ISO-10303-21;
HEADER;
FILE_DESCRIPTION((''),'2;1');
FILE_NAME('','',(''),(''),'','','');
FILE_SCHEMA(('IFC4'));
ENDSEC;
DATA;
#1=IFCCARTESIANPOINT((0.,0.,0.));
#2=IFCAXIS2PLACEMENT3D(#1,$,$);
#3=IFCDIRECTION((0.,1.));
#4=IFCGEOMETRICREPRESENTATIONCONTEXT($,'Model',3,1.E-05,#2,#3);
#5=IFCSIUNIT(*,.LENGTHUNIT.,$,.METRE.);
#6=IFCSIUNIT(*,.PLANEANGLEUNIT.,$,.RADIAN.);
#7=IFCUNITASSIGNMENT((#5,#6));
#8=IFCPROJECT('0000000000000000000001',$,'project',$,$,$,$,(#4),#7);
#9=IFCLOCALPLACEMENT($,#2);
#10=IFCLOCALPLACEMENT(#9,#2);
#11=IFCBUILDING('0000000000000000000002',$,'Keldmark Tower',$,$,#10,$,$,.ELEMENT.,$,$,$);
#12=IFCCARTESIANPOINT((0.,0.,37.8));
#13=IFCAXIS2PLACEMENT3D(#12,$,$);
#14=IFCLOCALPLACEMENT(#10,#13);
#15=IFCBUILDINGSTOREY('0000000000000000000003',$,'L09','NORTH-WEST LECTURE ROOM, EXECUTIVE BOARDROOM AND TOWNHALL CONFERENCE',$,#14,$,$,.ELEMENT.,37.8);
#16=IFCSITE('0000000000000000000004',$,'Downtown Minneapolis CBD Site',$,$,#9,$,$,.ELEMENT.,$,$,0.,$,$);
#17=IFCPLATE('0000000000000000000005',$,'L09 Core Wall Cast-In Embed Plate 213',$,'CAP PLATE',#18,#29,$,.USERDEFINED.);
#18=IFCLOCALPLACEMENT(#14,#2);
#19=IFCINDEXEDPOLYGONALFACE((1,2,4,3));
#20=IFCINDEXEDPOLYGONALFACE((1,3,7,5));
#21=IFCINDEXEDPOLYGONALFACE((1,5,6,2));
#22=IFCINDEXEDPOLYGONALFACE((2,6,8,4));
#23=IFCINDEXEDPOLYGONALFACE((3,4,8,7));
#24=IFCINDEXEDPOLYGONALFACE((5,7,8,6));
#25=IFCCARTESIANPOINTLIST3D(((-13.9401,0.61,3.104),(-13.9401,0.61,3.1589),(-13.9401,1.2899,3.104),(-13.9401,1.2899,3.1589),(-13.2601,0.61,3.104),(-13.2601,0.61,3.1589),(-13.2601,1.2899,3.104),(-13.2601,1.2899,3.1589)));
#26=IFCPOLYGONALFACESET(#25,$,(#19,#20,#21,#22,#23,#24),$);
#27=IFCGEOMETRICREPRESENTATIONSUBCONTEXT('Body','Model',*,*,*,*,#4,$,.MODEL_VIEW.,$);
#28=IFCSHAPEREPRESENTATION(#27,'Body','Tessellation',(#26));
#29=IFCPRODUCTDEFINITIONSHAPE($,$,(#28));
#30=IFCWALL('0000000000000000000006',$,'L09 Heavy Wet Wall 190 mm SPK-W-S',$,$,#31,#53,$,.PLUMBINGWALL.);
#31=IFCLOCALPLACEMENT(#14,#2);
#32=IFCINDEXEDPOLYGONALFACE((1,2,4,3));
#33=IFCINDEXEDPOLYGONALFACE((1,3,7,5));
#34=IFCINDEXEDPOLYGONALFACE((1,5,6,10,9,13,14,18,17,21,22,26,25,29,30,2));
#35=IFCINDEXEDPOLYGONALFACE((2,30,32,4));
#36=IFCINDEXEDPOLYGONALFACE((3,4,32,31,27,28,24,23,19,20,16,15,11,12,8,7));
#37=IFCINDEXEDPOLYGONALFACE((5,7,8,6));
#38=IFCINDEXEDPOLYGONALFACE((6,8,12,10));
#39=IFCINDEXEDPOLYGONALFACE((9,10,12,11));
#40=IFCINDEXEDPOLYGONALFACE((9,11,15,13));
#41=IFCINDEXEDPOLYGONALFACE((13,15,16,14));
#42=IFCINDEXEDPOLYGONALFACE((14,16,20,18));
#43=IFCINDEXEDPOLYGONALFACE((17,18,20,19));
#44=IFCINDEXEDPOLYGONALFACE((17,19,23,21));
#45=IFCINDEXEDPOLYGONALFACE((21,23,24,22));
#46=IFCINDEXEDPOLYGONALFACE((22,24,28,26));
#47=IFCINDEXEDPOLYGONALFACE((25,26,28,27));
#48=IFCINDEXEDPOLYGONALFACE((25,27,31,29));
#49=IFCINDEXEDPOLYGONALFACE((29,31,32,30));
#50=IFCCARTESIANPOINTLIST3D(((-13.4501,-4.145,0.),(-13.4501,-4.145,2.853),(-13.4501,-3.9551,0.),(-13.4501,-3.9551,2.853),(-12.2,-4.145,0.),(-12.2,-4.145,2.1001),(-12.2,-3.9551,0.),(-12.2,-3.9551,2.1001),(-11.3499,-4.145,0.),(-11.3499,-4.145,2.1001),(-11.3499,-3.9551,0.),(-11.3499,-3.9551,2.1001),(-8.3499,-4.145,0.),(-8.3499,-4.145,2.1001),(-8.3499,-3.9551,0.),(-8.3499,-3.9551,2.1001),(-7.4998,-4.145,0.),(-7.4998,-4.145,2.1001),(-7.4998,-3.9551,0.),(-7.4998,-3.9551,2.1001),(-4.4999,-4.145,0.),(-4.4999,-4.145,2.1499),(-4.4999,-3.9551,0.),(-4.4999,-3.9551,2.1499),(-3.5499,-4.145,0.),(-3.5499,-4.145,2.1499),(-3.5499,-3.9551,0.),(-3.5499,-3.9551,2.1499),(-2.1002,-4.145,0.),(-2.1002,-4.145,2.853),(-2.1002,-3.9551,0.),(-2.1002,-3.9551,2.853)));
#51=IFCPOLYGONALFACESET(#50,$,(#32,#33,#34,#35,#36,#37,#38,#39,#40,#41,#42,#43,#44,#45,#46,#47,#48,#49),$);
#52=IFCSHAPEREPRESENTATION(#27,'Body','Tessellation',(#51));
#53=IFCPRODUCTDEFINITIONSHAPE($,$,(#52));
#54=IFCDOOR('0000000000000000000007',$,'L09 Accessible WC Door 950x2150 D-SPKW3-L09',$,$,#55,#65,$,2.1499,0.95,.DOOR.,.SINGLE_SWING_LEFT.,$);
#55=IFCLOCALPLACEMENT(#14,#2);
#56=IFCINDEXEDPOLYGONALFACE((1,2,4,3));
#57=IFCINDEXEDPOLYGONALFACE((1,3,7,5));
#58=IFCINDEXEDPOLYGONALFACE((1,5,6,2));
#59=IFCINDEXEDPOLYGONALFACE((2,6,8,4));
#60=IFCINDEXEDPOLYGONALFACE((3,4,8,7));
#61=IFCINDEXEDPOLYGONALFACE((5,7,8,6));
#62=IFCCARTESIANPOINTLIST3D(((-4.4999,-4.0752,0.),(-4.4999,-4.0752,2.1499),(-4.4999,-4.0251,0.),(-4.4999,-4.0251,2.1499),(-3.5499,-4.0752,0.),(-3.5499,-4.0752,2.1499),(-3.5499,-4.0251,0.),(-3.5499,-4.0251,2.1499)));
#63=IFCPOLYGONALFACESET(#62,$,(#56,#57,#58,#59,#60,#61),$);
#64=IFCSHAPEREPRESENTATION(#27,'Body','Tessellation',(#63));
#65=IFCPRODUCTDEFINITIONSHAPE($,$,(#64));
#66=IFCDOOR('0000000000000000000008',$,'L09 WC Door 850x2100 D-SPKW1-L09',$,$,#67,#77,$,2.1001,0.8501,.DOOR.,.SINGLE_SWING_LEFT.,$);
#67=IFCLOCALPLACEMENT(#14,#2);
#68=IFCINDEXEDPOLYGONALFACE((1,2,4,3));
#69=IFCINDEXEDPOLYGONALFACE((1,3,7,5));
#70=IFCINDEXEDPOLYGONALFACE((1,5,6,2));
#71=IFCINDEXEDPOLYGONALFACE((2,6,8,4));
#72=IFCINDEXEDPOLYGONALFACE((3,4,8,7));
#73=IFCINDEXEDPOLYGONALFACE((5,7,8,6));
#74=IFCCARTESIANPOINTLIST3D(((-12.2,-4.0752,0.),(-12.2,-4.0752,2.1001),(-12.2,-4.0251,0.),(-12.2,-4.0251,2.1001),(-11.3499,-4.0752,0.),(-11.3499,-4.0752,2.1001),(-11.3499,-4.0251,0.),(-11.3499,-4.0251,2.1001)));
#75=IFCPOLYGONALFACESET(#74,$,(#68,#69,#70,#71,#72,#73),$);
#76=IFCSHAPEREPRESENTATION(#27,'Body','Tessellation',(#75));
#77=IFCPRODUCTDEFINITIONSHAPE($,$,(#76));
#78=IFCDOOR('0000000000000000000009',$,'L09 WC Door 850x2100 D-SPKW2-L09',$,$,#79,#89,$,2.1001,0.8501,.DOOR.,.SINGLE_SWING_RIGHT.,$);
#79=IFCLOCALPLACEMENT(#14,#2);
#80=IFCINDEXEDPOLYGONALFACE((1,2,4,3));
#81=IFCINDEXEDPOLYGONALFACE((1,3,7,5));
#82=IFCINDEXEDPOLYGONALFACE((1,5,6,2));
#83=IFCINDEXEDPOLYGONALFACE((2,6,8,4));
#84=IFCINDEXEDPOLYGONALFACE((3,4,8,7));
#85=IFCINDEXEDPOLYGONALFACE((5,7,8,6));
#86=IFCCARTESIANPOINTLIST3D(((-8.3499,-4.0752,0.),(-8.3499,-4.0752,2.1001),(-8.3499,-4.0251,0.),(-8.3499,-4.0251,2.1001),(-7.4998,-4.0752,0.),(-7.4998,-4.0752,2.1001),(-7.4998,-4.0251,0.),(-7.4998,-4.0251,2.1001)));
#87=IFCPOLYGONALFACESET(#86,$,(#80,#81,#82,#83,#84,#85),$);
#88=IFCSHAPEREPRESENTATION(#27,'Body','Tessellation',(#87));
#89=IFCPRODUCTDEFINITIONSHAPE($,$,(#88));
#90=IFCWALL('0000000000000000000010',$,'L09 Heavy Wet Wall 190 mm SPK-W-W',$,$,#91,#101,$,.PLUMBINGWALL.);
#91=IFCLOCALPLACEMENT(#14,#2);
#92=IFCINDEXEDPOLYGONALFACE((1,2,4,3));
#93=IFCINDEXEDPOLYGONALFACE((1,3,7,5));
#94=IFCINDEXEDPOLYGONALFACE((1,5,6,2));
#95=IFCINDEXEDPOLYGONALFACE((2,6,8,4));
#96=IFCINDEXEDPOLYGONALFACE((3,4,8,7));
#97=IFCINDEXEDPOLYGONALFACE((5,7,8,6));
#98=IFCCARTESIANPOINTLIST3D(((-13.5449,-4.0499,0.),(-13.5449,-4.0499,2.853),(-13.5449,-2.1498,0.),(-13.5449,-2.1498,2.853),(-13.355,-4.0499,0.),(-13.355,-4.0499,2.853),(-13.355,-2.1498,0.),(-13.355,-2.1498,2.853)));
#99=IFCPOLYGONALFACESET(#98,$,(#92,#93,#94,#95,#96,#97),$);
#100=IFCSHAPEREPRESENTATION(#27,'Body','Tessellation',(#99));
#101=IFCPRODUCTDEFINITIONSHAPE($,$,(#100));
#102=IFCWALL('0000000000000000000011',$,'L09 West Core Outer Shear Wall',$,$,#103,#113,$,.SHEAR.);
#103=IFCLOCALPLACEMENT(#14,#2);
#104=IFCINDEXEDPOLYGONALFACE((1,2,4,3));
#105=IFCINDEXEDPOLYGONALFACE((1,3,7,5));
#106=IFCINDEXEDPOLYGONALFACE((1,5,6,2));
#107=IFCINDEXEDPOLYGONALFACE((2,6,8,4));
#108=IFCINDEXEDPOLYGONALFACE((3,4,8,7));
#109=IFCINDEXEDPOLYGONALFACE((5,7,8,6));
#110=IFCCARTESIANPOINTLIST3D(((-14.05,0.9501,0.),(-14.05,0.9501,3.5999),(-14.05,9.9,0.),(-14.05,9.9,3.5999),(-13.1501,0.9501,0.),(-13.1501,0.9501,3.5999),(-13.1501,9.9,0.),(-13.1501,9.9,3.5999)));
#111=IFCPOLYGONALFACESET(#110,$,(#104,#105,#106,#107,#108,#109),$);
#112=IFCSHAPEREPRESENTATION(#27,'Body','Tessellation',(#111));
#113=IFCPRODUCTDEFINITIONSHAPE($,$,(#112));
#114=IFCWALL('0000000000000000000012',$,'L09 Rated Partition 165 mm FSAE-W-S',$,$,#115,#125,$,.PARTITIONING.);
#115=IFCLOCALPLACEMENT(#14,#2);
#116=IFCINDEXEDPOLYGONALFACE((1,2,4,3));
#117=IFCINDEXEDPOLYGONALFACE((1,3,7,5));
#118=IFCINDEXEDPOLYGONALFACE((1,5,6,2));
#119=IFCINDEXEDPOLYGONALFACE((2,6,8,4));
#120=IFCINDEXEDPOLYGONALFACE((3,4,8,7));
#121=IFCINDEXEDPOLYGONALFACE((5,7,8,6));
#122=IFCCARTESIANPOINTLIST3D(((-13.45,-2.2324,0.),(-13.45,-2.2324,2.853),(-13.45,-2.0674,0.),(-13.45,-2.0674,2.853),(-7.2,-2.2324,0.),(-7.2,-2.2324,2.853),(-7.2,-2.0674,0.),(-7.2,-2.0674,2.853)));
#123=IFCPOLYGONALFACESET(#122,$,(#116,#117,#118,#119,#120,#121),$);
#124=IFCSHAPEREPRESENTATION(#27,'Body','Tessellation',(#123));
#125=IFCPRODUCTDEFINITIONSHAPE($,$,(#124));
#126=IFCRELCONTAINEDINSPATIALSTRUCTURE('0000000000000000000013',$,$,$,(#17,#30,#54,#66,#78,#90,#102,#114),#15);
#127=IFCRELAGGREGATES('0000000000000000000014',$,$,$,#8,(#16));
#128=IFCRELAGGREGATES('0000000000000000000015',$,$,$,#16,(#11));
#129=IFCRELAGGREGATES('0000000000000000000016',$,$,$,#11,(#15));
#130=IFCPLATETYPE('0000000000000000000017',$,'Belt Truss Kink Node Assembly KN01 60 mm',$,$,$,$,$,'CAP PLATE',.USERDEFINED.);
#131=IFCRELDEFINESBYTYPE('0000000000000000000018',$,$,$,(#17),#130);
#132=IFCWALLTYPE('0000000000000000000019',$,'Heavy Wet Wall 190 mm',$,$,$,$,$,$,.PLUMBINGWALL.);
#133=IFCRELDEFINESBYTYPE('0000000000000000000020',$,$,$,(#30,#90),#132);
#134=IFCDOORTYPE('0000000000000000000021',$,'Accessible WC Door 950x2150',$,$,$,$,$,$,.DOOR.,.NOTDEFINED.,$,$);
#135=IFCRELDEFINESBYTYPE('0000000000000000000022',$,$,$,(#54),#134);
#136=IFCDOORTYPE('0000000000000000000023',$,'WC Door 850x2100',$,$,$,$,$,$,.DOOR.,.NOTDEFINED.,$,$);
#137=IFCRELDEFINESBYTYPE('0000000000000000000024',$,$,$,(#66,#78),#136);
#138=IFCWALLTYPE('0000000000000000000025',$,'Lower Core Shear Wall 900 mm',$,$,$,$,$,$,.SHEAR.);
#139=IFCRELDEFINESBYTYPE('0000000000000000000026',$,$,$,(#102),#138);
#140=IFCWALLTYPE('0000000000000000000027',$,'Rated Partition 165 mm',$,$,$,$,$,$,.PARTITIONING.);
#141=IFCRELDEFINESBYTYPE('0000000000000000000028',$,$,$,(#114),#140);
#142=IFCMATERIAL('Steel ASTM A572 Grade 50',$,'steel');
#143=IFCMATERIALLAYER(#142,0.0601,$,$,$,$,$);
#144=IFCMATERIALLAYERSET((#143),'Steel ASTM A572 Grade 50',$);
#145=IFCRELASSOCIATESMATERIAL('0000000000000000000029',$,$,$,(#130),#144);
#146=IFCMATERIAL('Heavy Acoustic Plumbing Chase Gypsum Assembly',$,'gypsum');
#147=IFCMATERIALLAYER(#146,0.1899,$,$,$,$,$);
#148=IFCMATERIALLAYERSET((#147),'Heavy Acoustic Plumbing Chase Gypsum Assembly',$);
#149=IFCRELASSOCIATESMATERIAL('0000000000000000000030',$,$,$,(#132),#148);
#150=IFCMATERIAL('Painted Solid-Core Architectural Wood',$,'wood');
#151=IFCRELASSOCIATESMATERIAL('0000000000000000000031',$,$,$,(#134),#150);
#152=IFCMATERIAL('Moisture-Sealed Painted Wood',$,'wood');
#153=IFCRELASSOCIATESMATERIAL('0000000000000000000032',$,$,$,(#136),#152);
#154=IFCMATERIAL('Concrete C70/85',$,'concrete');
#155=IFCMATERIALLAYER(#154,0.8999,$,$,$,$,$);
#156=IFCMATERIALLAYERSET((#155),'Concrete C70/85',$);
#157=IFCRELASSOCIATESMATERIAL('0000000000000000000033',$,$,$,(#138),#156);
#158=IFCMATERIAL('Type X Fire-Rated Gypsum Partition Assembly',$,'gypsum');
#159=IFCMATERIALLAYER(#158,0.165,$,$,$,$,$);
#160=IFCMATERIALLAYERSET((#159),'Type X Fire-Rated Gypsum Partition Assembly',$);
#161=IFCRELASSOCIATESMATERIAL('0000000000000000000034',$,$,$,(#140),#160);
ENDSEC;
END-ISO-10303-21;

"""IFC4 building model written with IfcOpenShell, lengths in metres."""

from ifc_helpers import new_model, si_unit, direction, frame, frame_2d, origin, origin_2d, place, context, subcontext, project, spatial, rectangle, extrude, material, layer, layer_set, type_object, element, fill, save


model = new_model("IFC4")

# Units and contexts
model_context = context("Model", 3, precision=1e-05, world=origin(), true_north=direction((0.0, 1.0)))
body_context = subcontext(model_context, "Body", "Model", "MODEL_VIEW")
ifc_project = project(units=[si_unit("LENGTHUNIT", "METRE"), si_unit("PLANEANGLEUNIT", "RADIAN")], contexts=[model_context])

# Site, building, storey
site_placement = place(None, origin())
site = spatial("IfcSite", under=ifc_project, at=site_placement, Name="Downtown Minneapolis CBD Site", CompositionType="ELEMENT", RefElevation=0.0)
building_placement = place(site_placement, origin())
building = spatial("IfcBuilding", under=site, at=building_placement, Name="Keldmark Tower", CompositionType="ELEMENT")
storey_placement = place(building_placement, frame((0.0, 0.0, 37.8)))
storey = spatial("IfcBuildingStorey", under=building, at=storey_placement, Name="L09", Description="NORTH-WEST LECTURE ROOM, EXECUTIVE BOARDROOM AND TOWNHALL CONFERENCE", CompositionType="ELEMENT", Elevation=37.8)

# Plate
ifc_material_1 = material(Name="Steel ASTM A572 Grade 50", Category="steel")
ifc_layer_1 = layer(ifc_material_1, 0.0601)
ifc_layer_set_1 = layer_set([ifc_layer_1], Name="Steel ASTM A572 Grade 50")
plate_type = type_object("IfcPlateType", Name="Belt Truss Kink Node Assembly KN01 60 mm", ElementType="CAP PLATE", PredefinedType="USERDEFINED", material=ifc_layer_set_1)
plate_placement = place(storey_placement, frame((-13.6001, 0.95, 3.104), z_axis=(0.0, 0.0, 1.0), x_axis=(1.0, 0.0, 0.0)))
element("IfcPlate", 1, at=plate_placement, inside=storey, type_object=plate_type, Name="L09 Core Wall Cast-In Embed Plate 213", ObjectType="CAP PLATE", PredefinedType="USERDEFINED", context=body_context, shape_type="SweptSolid", body=[
    extrude(rectangle(XDim=0.6799, YDim=0.6799, at=origin_2d()), origin(), (0.0, 0.0, 1.0), 0.0549),
])

# Wall, openings, doors
ifc_material_2 = material(Name="Heavy Acoustic Plumbing Chase Gypsum Assembly", Category="gypsum")
ifc_layer_2 = layer(ifc_material_2, 0.1899)
ifc_layer_set_2 = layer_set([ifc_layer_2], Name="Heavy Acoustic Plumbing Chase Gypsum Assembly")
wall_type_1 = type_object("IfcWallType", Name="Heavy Wet Wall 190 mm", PredefinedType="PLUMBINGWALL", material=ifc_layer_set_2)
wall_1_placement = place(storey_placement, frame((-13.45, -4.05, 0.0), z_axis=(0.0, 0.0, 1.0), x_axis=(1.0, 0.0, 0.0)))
wall_1 = element("IfcWall", 2, at=wall_1_placement, inside=storey, type_object=wall_type_1, Name="L09 Heavy Wet Wall 190 mm SPK-W-S", PredefinedType="PLUMBINGWALL", context=body_context, shape_type="SweptSolid", body=[
    extrude(rectangle(XDim=11.3499, YDim=0.1899, at=frame_2d((5.6748, 0.0))), origin(), (0.0, 0.0, 1.0), 2.853),
])
opening_1_placement = place(wall_1_placement, frame((1.25, 0.0, 0.0)))
opening_1 = element("IfcOpeningElement", 3, at=opening_1_placement, cuts=wall_1, PredefinedType="OPENING", context=body_context, shape_type="SweptSolid", body=[
    extrude(rectangle(XDim=0.8501, YDim=2.1001, at=frame_2d((0.425, 1.05))), frame((0.0, 0.105, 0.0), z_axis=(0.0, -1.0, 0.0), x_axis=(1.0, 0.0, 0.0)), (0.0, 0.0, 1.0), 0.21),
])
opening_2_placement = place(wall_1_placement, frame((5.1001, 0.0, 0.0)))
opening_2 = element("IfcOpeningElement", 4, at=opening_2_placement, cuts=wall_1, PredefinedType="OPENING", context=body_context, shape_type="SweptSolid", body=[
    extrude(rectangle(XDim=0.8501, YDim=2.1001, at=frame_2d((0.425, 1.05))), frame((0.0, 0.105, 0.0), z_axis=(0.0, -1.0, 0.0), x_axis=(1.0, 0.0, 0.0)), (0.0, 0.0, 1.0), 0.21),
])
opening_3_placement = place(wall_1_placement, frame((8.95, 0.0, 0.0)))
opening_3 = element("IfcOpeningElement", 5, at=opening_3_placement, cuts=wall_1, PredefinedType="OPENING", context=body_context, shape_type="SweptSolid", body=[
    extrude(rectangle(XDim=0.95, YDim=2.1499, at=frame_2d((0.4751, 1.075))), frame((0.0, 0.105, 0.0), z_axis=(0.0, -1.0, 0.0), x_axis=(1.0, 0.0, 0.0)), (0.0, 0.0, 1.0), 0.21),
])
ifc_material_3 = material(Name="Painted Solid-Core Architectural Wood", Category="wood")
door_type_1 = type_object("IfcDoorType", Name="Accessible WC Door 950x2150", OperationType="NOTDEFINED", PredefinedType="DOOR", material=ifc_material_3)
door_1_placement = place(opening_3_placement, origin())
door_1 = element("IfcDoor", 6, at=door_1_placement, inside=storey, type_object=door_type_1, Name="L09 Accessible WC Door 950x2150 D-SPKW3-L09", OperationType="SINGLE_SWING_LEFT", OverallHeight=2.1499, OverallWidth=0.95, PredefinedType="DOOR", context=body_context, shape_type="SweptSolid", body=[
    extrude(rectangle(XDim=0.95, YDim=2.1499, at=frame_2d((0.4751, 1.075))), frame((0.0, 0.0249, 0.0), z_axis=(0.0, -1.0, 0.0), x_axis=(1.0, 0.0, 0.0)), (0.0, 0.0, 1.0), 0.05),
])
fill(opening_3, door_1)
ifc_material_4 = material(Name="Moisture-Sealed Painted Wood", Category="wood")
door_type_2 = type_object("IfcDoorType", Name="WC Door 850x2100", OperationType="NOTDEFINED", PredefinedType="DOOR", material=ifc_material_4)
door_2_placement = place(opening_1_placement, origin())
door_2 = element("IfcDoor", 7, at=door_2_placement, inside=storey, type_object=door_type_2, Name="L09 WC Door 850x2100 D-SPKW1-L09", OperationType="SINGLE_SWING_LEFT", OverallHeight=2.1001, OverallWidth=0.8501, PredefinedType="DOOR", context=body_context, shape_type="SweptSolid", body=[
    extrude(rectangle(XDim=0.8501, YDim=2.1001, at=frame_2d((0.425, 1.05))), frame((0.0, 0.0249, 0.0), z_axis=(0.0, -1.0, 0.0), x_axis=(1.0, 0.0, 0.0)), (0.0, 0.0, 1.0), 0.05),
])
fill(opening_1, door_2)
door_3_placement = place(opening_2_placement, origin())
door_3 = element("IfcDoor", 8, at=door_3_placement, inside=storey, type_object=door_type_2, Name="L09 WC Door 850x2100 D-SPKW2-L09", OperationType="SINGLE_SWING_RIGHT", OverallHeight=2.1001, OverallWidth=0.8501, PredefinedType="DOOR", context=body_context, shape_type="SweptSolid", body=[
    extrude(rectangle(XDim=0.8501, YDim=2.1001, at=frame_2d((0.425, 1.05))), frame((0.0, 0.0249, 0.0), z_axis=(0.0, -1.0, 0.0), x_axis=(1.0, 0.0, 0.0)), (0.0, 0.0, 1.0), 0.05),
])
fill(opening_2, door_3)

# Walls
wall_2_placement = place(storey_placement, frame((-13.45, -4.05, 0.0), z_axis=(0.0, 0.0, 1.0), x_axis=(0.0, 1.0, 0.0)))
element("IfcWall", 9, at=wall_2_placement, inside=storey, type_object=wall_type_1, Name="L09 Heavy Wet Wall 190 mm SPK-W-W", PredefinedType="PLUMBINGWALL", context=body_context, shape_type="SweptSolid", body=[
    extrude(rectangle(XDim=1.9001, YDim=0.1899, at=frame_2d((0.9502, 0.0))), origin(), (0.0, 0.0, 1.0), 2.853),
])
ifc_material_5 = material(Name="Concrete C70/85", Category="concrete")
ifc_layer_3 = layer(ifc_material_5, 0.8999)
ifc_layer_set_3 = layer_set([ifc_layer_3], Name="Concrete C70/85")
wall_type_2 = type_object("IfcWallType", Name="Lower Core Shear Wall 900 mm", PredefinedType="SHEAR", material=ifc_layer_set_3)
wall_3_placement = place(storey_placement, frame((-13.6001, 0.95, 0.0), z_axis=(0.0, 0.0, 1.0), x_axis=(0.0, 1.0, 0.0)))
element("IfcWall", 10, at=wall_3_placement, inside=storey, type_object=wall_type_2, Name="L09 West Core Outer Shear Wall", PredefinedType="SHEAR", context=body_context, shape_type="SweptSolid", body=[
    extrude(rectangle(XDim=8.95, YDim=0.8999, at=frame_2d((4.4751, 0.0))), origin(), (0.0, 0.0, 1.0), 3.5999),
])
ifc_material_6 = material(Name="Type X Fire-Rated Gypsum Partition Assembly", Category="gypsum")
ifc_layer_4 = layer(ifc_material_6, 0.165)
ifc_layer_set_4 = layer_set([ifc_layer_4], Name="Type X Fire-Rated Gypsum Partition Assembly")
wall_type_3 = type_object("IfcWallType", Name="Rated Partition 165 mm", PredefinedType="PARTITIONING", material=ifc_layer_set_4)
wall_4_placement = place(storey_placement, frame((-13.45, -2.1499, 0.0), z_axis=(0.0, 0.0, 1.0), x_axis=(1.0, 0.0, 0.0)))
element("IfcWall", 11, at=wall_4_placement, inside=storey, type_object=wall_type_3, Name="L09 Rated Partition 165 mm FSAE-W-S", PredefinedType="PARTITIONING", context=body_context, shape_type="SweptSolid", body=[
    extrude(rectangle(XDim=6.25, YDim=0.165, at=frame_2d((3.125, 0.0))), origin(), (0.0, 0.0, 1.0), 2.853),
])

save(model, "model.ifc")
